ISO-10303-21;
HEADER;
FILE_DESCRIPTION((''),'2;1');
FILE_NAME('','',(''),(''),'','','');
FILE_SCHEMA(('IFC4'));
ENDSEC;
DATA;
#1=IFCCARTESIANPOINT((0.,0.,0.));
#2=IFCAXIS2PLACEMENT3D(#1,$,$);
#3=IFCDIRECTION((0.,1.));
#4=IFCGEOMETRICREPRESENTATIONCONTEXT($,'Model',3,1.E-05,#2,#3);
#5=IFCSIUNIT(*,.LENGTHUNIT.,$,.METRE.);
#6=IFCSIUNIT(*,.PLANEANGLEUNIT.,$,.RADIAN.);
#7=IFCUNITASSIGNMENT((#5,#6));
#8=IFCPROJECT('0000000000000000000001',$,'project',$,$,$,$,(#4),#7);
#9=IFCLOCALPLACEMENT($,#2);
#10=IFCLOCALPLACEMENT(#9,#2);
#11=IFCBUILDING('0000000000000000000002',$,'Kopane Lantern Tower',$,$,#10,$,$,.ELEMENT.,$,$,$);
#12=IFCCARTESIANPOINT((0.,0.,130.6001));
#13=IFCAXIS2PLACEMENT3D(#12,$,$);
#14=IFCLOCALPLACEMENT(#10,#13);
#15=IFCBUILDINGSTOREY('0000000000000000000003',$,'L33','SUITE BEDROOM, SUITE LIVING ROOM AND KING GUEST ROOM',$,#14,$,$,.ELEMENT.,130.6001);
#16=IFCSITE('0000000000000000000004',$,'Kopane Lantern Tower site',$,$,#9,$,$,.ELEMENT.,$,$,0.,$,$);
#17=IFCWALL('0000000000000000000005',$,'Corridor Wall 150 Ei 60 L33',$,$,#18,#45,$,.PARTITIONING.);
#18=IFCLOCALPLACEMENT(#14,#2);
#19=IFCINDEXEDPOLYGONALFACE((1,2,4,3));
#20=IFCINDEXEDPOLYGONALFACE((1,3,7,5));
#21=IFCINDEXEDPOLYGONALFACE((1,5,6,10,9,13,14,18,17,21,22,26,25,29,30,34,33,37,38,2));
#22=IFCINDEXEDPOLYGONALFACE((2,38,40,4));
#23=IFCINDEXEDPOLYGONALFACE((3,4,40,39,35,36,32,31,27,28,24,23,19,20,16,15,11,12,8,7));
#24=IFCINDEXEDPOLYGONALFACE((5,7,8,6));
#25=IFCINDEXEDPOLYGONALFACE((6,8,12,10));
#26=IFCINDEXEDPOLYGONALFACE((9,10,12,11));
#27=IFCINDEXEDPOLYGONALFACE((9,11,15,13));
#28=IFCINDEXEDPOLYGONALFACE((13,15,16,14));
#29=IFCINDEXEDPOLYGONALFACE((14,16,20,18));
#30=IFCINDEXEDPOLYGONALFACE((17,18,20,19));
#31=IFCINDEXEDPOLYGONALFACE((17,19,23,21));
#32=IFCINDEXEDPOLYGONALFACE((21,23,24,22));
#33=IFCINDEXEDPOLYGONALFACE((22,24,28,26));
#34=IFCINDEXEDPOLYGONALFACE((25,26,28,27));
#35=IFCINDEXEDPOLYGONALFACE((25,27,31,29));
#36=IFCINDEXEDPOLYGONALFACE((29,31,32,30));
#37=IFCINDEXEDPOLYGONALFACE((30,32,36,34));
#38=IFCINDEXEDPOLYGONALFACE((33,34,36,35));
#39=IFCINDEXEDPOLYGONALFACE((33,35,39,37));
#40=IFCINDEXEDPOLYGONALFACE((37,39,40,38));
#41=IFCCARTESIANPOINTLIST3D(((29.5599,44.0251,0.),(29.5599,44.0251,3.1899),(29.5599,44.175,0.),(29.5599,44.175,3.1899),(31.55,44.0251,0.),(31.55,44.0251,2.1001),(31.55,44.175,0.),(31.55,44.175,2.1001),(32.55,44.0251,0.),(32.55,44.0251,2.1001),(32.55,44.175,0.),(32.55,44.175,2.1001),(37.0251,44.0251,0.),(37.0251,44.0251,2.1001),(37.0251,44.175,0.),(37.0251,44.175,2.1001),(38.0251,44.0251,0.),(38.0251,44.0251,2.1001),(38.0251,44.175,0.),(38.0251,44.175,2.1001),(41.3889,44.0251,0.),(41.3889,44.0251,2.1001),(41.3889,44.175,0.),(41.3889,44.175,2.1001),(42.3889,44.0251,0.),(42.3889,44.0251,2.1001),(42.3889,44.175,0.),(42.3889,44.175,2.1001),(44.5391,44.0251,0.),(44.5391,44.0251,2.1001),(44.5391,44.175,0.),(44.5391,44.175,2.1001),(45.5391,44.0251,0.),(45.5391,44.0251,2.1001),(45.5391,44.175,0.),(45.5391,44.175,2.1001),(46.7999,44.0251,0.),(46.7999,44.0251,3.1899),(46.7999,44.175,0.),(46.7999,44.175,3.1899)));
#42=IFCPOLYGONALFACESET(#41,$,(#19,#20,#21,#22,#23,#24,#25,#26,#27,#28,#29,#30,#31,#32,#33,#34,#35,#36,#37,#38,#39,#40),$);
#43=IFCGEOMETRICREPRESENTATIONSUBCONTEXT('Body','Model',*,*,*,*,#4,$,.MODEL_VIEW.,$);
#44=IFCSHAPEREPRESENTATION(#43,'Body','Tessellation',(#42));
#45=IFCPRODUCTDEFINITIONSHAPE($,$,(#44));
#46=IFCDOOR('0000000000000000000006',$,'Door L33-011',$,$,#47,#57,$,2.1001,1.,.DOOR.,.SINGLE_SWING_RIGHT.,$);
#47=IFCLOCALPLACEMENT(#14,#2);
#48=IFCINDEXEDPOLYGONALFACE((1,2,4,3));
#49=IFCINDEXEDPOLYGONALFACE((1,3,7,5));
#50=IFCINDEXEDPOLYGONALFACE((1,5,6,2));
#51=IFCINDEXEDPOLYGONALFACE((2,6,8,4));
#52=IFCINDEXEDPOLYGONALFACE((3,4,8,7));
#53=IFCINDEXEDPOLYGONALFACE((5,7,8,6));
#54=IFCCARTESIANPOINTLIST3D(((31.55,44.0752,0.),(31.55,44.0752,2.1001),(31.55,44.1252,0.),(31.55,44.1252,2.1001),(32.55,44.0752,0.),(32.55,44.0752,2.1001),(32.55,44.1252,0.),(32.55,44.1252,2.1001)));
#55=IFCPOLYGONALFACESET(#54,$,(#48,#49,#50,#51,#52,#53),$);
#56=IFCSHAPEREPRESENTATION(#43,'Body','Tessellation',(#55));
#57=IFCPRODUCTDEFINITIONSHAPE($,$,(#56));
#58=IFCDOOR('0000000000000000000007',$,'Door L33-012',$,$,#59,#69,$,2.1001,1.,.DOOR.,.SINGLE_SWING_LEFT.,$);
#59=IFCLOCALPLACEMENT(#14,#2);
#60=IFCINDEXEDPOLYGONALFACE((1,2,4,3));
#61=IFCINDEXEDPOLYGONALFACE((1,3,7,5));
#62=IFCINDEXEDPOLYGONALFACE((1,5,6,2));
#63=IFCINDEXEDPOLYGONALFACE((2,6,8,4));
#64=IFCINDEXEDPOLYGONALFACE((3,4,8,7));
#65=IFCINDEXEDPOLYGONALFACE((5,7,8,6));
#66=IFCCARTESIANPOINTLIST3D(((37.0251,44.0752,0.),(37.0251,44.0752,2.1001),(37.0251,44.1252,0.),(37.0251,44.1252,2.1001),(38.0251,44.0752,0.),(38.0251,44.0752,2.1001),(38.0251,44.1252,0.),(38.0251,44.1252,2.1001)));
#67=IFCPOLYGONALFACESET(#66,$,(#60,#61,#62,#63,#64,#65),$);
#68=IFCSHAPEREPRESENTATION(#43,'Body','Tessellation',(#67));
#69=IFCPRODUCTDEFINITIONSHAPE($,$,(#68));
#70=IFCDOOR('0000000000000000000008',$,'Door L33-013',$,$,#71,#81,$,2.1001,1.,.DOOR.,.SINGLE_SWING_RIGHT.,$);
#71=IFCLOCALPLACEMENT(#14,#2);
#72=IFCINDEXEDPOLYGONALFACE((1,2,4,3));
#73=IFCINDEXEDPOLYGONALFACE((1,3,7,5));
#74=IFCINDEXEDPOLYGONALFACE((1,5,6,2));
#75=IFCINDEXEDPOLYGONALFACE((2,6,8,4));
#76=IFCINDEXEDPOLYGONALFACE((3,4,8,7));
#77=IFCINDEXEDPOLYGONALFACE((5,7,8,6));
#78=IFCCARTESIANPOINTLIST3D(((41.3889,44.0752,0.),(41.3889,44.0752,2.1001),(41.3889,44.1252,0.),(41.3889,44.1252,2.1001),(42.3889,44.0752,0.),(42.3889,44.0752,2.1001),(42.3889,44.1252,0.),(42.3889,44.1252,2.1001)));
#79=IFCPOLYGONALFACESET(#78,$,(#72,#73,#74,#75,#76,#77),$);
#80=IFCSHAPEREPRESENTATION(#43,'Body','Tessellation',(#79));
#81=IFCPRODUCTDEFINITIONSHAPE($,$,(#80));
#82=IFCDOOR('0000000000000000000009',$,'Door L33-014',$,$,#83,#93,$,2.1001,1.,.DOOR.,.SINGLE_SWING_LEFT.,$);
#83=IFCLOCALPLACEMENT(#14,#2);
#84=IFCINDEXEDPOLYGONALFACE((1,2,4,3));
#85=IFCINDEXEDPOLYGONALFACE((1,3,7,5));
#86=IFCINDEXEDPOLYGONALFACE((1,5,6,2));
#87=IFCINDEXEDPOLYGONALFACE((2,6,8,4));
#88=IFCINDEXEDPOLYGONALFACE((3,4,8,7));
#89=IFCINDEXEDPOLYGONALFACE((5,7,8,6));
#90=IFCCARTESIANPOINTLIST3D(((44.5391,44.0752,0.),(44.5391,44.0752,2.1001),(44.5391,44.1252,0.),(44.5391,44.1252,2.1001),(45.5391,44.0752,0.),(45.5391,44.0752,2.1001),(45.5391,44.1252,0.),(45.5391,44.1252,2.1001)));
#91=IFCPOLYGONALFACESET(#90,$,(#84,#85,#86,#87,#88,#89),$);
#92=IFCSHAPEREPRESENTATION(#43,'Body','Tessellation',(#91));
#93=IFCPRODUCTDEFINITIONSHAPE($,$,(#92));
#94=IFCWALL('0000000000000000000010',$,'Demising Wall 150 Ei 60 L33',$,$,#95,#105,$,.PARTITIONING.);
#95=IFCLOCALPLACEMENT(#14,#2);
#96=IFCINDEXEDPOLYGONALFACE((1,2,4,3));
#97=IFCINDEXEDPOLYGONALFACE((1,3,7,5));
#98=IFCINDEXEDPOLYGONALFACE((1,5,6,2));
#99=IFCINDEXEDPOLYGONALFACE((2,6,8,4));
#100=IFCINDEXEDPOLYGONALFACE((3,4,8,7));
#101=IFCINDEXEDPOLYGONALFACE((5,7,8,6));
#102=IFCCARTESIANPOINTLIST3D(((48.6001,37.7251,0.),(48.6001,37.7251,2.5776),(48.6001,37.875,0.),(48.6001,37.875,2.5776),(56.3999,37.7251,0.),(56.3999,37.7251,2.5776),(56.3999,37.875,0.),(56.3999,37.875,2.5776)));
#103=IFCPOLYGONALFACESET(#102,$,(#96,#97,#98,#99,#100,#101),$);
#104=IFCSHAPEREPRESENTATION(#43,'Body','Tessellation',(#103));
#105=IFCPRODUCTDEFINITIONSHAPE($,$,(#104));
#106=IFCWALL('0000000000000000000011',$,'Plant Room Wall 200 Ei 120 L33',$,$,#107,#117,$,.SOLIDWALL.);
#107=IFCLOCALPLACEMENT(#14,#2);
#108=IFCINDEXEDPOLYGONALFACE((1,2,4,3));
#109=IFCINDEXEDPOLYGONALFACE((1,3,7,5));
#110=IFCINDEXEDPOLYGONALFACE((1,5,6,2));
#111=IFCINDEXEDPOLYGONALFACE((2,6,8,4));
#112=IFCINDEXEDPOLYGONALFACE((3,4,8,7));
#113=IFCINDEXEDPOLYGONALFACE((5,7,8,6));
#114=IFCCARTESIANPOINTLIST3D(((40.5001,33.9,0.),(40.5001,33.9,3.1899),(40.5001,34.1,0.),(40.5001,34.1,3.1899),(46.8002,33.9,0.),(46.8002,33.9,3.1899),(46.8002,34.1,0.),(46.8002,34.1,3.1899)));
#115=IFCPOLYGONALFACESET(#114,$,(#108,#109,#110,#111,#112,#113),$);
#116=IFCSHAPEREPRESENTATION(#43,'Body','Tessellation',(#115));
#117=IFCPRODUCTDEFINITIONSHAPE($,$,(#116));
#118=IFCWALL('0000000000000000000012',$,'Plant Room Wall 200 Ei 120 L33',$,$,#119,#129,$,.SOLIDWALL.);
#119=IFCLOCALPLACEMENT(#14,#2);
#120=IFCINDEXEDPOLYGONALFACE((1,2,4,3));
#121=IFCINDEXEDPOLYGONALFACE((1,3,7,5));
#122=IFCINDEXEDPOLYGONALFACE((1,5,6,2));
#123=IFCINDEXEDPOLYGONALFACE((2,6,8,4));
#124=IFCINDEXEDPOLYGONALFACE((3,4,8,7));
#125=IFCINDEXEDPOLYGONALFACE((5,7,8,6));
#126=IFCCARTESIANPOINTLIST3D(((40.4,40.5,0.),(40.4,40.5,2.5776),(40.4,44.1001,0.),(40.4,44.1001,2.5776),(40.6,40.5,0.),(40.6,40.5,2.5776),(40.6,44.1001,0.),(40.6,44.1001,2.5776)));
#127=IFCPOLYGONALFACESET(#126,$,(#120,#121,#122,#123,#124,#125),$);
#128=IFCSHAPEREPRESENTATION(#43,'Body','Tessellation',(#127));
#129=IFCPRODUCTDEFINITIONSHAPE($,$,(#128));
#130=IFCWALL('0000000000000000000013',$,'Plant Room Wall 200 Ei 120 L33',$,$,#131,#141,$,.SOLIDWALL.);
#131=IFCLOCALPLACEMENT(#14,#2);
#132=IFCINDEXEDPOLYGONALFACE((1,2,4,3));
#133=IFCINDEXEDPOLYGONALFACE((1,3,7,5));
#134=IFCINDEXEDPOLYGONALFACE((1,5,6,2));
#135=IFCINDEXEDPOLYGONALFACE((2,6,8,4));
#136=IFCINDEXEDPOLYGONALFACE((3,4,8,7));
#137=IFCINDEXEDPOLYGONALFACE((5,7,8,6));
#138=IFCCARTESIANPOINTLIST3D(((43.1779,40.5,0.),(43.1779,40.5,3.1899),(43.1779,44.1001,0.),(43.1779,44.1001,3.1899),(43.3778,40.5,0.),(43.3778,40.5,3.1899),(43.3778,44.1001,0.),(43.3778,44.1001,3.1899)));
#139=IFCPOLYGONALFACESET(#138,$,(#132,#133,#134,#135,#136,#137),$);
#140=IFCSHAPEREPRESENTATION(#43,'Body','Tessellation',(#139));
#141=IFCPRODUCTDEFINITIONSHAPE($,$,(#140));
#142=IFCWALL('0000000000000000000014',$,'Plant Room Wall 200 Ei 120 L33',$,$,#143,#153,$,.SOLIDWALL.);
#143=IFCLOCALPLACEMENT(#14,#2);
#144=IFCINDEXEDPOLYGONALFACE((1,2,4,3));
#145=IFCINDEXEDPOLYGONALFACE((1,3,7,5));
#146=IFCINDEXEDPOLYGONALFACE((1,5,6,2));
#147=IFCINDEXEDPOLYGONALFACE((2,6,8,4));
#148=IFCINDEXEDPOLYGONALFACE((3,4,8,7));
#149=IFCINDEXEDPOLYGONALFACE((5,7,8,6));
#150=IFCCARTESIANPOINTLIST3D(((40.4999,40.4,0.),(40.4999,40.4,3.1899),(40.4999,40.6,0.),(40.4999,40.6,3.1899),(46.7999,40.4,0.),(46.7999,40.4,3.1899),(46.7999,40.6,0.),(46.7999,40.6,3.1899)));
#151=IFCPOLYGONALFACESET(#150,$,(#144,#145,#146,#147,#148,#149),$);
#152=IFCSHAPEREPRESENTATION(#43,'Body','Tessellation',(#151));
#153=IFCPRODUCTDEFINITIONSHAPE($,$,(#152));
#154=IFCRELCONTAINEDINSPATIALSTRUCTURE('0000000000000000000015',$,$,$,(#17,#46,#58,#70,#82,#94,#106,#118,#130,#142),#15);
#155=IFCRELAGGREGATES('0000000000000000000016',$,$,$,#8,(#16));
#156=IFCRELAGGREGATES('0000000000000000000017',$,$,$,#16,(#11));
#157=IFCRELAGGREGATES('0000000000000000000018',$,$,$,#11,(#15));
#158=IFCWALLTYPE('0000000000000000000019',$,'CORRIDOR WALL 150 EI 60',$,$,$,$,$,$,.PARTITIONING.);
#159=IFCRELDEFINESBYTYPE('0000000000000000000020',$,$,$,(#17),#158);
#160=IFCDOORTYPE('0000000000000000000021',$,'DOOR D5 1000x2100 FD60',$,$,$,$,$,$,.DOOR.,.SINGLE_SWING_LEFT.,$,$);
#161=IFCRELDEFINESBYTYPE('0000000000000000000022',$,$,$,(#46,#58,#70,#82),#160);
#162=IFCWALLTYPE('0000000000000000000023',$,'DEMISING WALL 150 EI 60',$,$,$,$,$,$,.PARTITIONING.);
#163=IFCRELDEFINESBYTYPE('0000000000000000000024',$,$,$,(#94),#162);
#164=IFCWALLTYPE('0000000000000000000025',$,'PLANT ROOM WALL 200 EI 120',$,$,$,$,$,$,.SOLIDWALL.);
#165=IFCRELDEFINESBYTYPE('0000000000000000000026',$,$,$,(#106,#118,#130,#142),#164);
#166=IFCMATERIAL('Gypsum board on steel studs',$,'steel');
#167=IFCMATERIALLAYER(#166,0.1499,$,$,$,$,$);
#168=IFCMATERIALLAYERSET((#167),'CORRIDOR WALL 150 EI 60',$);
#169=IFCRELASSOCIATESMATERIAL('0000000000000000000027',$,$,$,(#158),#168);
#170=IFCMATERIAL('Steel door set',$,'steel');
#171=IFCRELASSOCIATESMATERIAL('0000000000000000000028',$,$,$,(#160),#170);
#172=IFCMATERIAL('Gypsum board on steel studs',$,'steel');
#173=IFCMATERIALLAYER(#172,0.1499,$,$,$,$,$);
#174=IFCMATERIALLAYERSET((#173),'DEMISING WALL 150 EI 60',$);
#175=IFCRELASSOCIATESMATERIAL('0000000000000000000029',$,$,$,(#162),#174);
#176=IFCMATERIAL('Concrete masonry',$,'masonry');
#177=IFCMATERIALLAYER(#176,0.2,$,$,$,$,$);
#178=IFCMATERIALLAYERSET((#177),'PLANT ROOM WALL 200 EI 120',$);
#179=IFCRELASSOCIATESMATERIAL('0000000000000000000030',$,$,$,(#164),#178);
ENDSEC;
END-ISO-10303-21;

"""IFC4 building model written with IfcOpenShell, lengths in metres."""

from ifc_helpers import new_model, si_unit, direction, frame, frame_2d, origin, place, context, subcontext, project, spatial, rectangle, extrude, material, layer, layer_set, type_object, element, fill, save


model = new_model("IFC4")

# Units and contexts
model_context = context("Model", 3, precision=1e-05, world=origin(), true_north=direction((0.0, 1.0)))
body_context = subcontext(model_context, "Body", "Model", "MODEL_VIEW")
ifc_project = project(units=[si_unit("LENGTHUNIT", "METRE"), si_unit("PLANEANGLEUNIT", "RADIAN")], contexts=[model_context])

# Site, building, storey
site_placement = place(None, origin())
site = spatial("IfcSite", under=ifc_project, at=site_placement, Name="Kopane Lantern Tower site", CompositionType="ELEMENT", RefElevation=0.0)
building_placement = place(site_placement, origin())
building = spatial("IfcBuilding", under=site, at=building_placement, Name="Kopane Lantern Tower", CompositionType="ELEMENT")
storey_placement = place(building_placement, frame((0.0, 0.0, 130.6001)))
storey = spatial("IfcBuildingStorey", under=building, at=storey_placement, Name="L33", Description="SUITE BEDROOM, SUITE LIVING ROOM AND KING GUEST ROOM", CompositionType="ELEMENT", Elevation=130.6001)

# Wall, openings, doors
ifc_material_1 = material(Name="Gypsum board on steel studs", Category="steel")
ifc_layer_1 = layer(ifc_material_1, 0.1499)
ifc_layer_set_1 = layer_set([ifc_layer_1], Name="CORRIDOR WALL 150 EI 60")
wall_type_1 = type_object("IfcWallType", Name="CORRIDOR WALL 150 EI 60", PredefinedType="PARTITIONING", material=ifc_layer_set_1)
wall_1_placement = place(storey_placement, frame((46.8, 44.1001, 0.0), z_axis=(0.0, 0.0, 1.0), x_axis=(-1.0, 0.0, 0.0)))
wall_1 = element("IfcWall", 1, at=wall_1_placement, inside=storey, type_object=wall_type_1, Name="Corridor Wall 150 Ei 60 L33", PredefinedType="PARTITIONING", context=body_context, shape_type="SweptSolid", body=[
    extrude(rectangle(XDim=17.24, YDim=0.1499, at=frame_2d((8.6201, 0.0))), origin(), (0.0, 0.0, 1.0), 3.1899),
])
opening_1_placement = place(wall_1_placement, frame((14.25, 0.0, 0.0)))
opening_1 = element("IfcOpeningElement", 2, at=opening_1_placement, cuts=wall_1, PredefinedType="OPENING", context=body_context, shape_type="SweptSolid", body=[
    extrude(rectangle(XDim=1.0, YDim=2.1001, at=frame_2d((0.5, 1.05))), frame((0.0, 0.085, 0.0), z_axis=(0.0, -1.0, 0.0), x_axis=(1.0, 0.0, 0.0)), (0.0, 0.0, 1.0), 0.1699),
])
opening_2_placement = place(wall_1_placement, frame((8.7749, 0.0, 0.0)))
opening_2 = element("IfcOpeningElement", 3, at=opening_2_placement, cuts=wall_1, PredefinedType="OPENING", context=body_context, shape_type="SweptSolid", body=[
    extrude(rectangle(XDim=1.0, YDim=2.1001, at=frame_2d((0.5, 1.05))), frame((0.0, 0.085, 0.0), z_axis=(0.0, -1.0, 0.0), x_axis=(1.0, 0.0, 0.0)), (0.0, 0.0, 1.0), 0.1699),
])
opening_3_placement = place(wall_1_placement, frame((4.4111, 0.0, 0.0)))
opening_3 = element("IfcOpeningElement", 4, at=opening_3_placement, cuts=wall_1, PredefinedType="OPENING", context=body_context, shape_type="SweptSolid", body=[
    extrude(rectangle(XDim=1.0, YDim=2.1001, at=frame_2d((0.5, 1.05))), frame((0.0, 0.085, 0.0), z_axis=(0.0, -1.0, 0.0), x_axis=(1.0, 0.0, 0.0)), (0.0, 0.0, 1.0), 0.1699),
])
opening_4_placement = place(wall_1_placement, frame((1.261, 0.0, 0.0)))
opening_4 = element("IfcOpeningElement", 5, at=opening_4_placement, cuts=wall_1, PredefinedType="OPENING", context=body_context, shape_type="SweptSolid", body=[
    extrude(rectangle(XDim=1.0, YDim=2.1001, at=frame_2d((0.5, 1.05))), frame((0.0, 0.085, 0.0), z_axis=(0.0, -1.0, 0.0), x_axis=(1.0, 0.0, 0.0)), (0.0, 0.0, 1.0), 0.1699),
])
ifc_material_2 = material(Name="Steel door set", Category="steel")
door_type_1 = type_object("IfcDoorType", Name="DOOR D5 1000x2100 FD60", OperationType="SINGLE_SWING_LEFT", PredefinedType="DOOR", material=ifc_material_2)
door_1_placement = place(opening_1_placement, origin())
door_1 = element("IfcDoor", 6, at=door_1_placement, inside=storey, type_object=door_type_1, Name="Door L33-011", OperationType="SINGLE_SWING_RIGHT", OverallHeight=2.1001, OverallWidth=1.0, PredefinedType="DOOR", context=body_context, shape_type="SweptSolid", body=[
    extrude(rectangle(XDim=1.0, YDim=2.1001, at=frame_2d((0.5, 1.05))), frame((0.0, 0.0249, 0.0), z_axis=(0.0, -1.0, 0.0), x_axis=(1.0, 0.0, 0.0)), (0.0, 0.0, 1.0), 0.05),
])
fill(opening_1, door_1)
door_2_placement = place(opening_2_placement, origin())
door_2 = element("IfcDoor", 7, at=door_2_placement, inside=storey, type_object=door_type_1, Name="Door L33-012", OperationType="SINGLE_SWING_LEFT", OverallHeight=2.1001, OverallWidth=1.0, PredefinedType="DOOR", context=body_context, shape_type="SweptSolid", body=[
    extrude(rectangle(XDim=1.0, YDim=2.1001, at=frame_2d((0.5, 1.05))), frame((0.0, 0.0249, 0.0), z_axis=(0.0, -1.0, 0.0), x_axis=(1.0, 0.0, 0.0)), (0.0, 0.0, 1.0), 0.05),
])
fill(opening_2, door_2)
door_3_placement = place(opening_3_placement, origin())
door_3 = element("IfcDoor", 8, at=door_3_placement, inside=storey, type_object=door_type_1, Name="Door L33-013", OperationType="SINGLE_SWING_RIGHT", OverallHeight=2.1001, OverallWidth=1.0, PredefinedType="DOOR", context=body_context, shape_type="SweptSolid", body=[
    extrude(rectangle(XDim=1.0, YDim=2.1001, at=frame_2d((0.5, 1.05))), frame((0.0, 0.0249, 0.0), z_axis=(0.0, -1.0, 0.0), x_axis=(1.0, 0.0, 0.0)), (0.0, 0.0, 1.0), 0.05),
])
fill(opening_3, door_3)
door_4_placement = place(opening_4_placement, origin())
door_4 = element("IfcDoor", 9, at=door_4_placement, inside=storey, type_object=door_type_1, Name="Door L33-014", OperationType="SINGLE_SWING_LEFT", OverallHeight=2.1001, OverallWidth=1.0, PredefinedType="DOOR", context=body_context, shape_type="SweptSolid", body=[
    extrude(rectangle(XDim=1.0, YDim=2.1001, at=frame_2d((0.5, 1.05))), frame((0.0, 0.0249, 0.0), z_axis=(0.0, -1.0, 0.0), x_axis=(1.0, 0.0, 0.0)), (0.0, 0.0, 1.0), 0.05),
])
fill(opening_4, door_4)

# Walls
ifc_material_3 = material(Name="Gypsum board on steel studs", Category="steel")
ifc_layer_2 = layer(ifc_material_3, 0.1499)
ifc_layer_set_2 = layer_set([ifc_layer_2], Name="DEMISING WALL 150 EI 60")
wall_type_2 = type_object("IfcWallType", Name="DEMISING WALL 150 EI 60", PredefinedType="PARTITIONING", material=ifc_layer_set_2)
wall_2_placement = place(storey_placement, frame((48.6001, 37.8, 0.0), z_axis=(0.0, 0.0, 1.0), x_axis=(1.0, 0.0, 0.0)))
element("IfcWall", 10, at=wall_2_placement, inside=storey, type_object=wall_type_2, Name="Demising Wall 150 Ei 60 L33", PredefinedType="PARTITIONING", context=body_context, shape_type="SweptSolid", body=[
    extrude(rectangle(XDim=7.7998, YDim=0.1499, at=frame_2d((3.8999, 0.0))), origin(), (0.0, 0.0, 1.0), 2.5776),
])
ifc_material_4 = material(Name="Concrete masonry", Category="masonry")
ifc_layer_3 = layer(ifc_material_4, 0.2)
ifc_layer_set_3 = layer_set([ifc_layer_3], Name="PLANT ROOM WALL 200 EI 120")
wall_type_3 = type_object("IfcWallType", Name="PLANT ROOM WALL 200 EI 120", PredefinedType="SOLIDWALL", material=ifc_layer_set_3)
wall_3_placement = place(storey_placement, frame((46.8, 34.0, 0.0), z_axis=(0.0, 0.0, 1.0), x_axis=(-1.0, 0.0, 0.0)))
element("IfcWall", 11, at=wall_3_placement, inside=storey, type_object=wall_type_3, Name="Plant Room Wall 200 Ei 120 L33", PredefinedType="SOLIDWALL", context=body_context, shape_type="SweptSolid", body=[
    extrude(rectangle(XDim=6.3, YDim=0.2, at=frame_2d((3.1499, 0.0))), origin(), (0.0, 0.0, 1.0), 3.1899),
])
wall_4_placement = place(storey_placement, frame((40.5, 40.5, 0.0), z_axis=(0.0, 0.0, 1.0), x_axis=(0.0, 1.0, 0.0)))
element("IfcWall", 12, at=wall_4_placement, inside=storey, type_object=wall_type_3, Name="Plant Room Wall 200 Ei 120 L33", PredefinedType="SOLIDWALL", context=body_context, shape_type="SweptSolid", body=[
    extrude(rectangle(XDim=3.6001, YDim=0.2, at=frame_2d((1.8, 0.0))), origin(), (0.0, 0.0, 1.0), 2.5776),
])
wall_5_placement = place(storey_placement, frame((43.2778, 44.1001, 0.0), z_axis=(0.0, 0.0, 1.0), x_axis=(0.0, -1.0, 0.0)))
element("IfcWall", 13, at=wall_5_placement, inside=storey, type_object=wall_type_3, Name="Plant Room Wall 200 Ei 120 L33", PredefinedType="SOLIDWALL", context=body_context, shape_type="SweptSolid", body=[
    extrude(rectangle(XDim=3.6001, YDim=0.2, at=frame_2d((1.8, 0.0))), origin(), (0.0, 0.0, 1.0), 3.1899),
])
wall_6_placement = place(storey_placement, frame((40.5, 40.5, 0.0), z_axis=(0.0, 0.0, 1.0), x_axis=(1.0, 0.0, 0.0)))
element("IfcWall", 14, at=wall_6_placement, inside=storey, type_object=wall_type_3, Name="Plant Room Wall 200 Ei 120 L33", PredefinedType="SOLIDWALL", context=body_context, shape_type="SweptSolid", body=[
    extrude(rectangle(XDim=6.3, YDim=0.2, at=frame_2d((3.1499, 0.0))), origin(), (0.0, 0.0, 1.0), 3.1899),
])

save(model, "model.ifc")
